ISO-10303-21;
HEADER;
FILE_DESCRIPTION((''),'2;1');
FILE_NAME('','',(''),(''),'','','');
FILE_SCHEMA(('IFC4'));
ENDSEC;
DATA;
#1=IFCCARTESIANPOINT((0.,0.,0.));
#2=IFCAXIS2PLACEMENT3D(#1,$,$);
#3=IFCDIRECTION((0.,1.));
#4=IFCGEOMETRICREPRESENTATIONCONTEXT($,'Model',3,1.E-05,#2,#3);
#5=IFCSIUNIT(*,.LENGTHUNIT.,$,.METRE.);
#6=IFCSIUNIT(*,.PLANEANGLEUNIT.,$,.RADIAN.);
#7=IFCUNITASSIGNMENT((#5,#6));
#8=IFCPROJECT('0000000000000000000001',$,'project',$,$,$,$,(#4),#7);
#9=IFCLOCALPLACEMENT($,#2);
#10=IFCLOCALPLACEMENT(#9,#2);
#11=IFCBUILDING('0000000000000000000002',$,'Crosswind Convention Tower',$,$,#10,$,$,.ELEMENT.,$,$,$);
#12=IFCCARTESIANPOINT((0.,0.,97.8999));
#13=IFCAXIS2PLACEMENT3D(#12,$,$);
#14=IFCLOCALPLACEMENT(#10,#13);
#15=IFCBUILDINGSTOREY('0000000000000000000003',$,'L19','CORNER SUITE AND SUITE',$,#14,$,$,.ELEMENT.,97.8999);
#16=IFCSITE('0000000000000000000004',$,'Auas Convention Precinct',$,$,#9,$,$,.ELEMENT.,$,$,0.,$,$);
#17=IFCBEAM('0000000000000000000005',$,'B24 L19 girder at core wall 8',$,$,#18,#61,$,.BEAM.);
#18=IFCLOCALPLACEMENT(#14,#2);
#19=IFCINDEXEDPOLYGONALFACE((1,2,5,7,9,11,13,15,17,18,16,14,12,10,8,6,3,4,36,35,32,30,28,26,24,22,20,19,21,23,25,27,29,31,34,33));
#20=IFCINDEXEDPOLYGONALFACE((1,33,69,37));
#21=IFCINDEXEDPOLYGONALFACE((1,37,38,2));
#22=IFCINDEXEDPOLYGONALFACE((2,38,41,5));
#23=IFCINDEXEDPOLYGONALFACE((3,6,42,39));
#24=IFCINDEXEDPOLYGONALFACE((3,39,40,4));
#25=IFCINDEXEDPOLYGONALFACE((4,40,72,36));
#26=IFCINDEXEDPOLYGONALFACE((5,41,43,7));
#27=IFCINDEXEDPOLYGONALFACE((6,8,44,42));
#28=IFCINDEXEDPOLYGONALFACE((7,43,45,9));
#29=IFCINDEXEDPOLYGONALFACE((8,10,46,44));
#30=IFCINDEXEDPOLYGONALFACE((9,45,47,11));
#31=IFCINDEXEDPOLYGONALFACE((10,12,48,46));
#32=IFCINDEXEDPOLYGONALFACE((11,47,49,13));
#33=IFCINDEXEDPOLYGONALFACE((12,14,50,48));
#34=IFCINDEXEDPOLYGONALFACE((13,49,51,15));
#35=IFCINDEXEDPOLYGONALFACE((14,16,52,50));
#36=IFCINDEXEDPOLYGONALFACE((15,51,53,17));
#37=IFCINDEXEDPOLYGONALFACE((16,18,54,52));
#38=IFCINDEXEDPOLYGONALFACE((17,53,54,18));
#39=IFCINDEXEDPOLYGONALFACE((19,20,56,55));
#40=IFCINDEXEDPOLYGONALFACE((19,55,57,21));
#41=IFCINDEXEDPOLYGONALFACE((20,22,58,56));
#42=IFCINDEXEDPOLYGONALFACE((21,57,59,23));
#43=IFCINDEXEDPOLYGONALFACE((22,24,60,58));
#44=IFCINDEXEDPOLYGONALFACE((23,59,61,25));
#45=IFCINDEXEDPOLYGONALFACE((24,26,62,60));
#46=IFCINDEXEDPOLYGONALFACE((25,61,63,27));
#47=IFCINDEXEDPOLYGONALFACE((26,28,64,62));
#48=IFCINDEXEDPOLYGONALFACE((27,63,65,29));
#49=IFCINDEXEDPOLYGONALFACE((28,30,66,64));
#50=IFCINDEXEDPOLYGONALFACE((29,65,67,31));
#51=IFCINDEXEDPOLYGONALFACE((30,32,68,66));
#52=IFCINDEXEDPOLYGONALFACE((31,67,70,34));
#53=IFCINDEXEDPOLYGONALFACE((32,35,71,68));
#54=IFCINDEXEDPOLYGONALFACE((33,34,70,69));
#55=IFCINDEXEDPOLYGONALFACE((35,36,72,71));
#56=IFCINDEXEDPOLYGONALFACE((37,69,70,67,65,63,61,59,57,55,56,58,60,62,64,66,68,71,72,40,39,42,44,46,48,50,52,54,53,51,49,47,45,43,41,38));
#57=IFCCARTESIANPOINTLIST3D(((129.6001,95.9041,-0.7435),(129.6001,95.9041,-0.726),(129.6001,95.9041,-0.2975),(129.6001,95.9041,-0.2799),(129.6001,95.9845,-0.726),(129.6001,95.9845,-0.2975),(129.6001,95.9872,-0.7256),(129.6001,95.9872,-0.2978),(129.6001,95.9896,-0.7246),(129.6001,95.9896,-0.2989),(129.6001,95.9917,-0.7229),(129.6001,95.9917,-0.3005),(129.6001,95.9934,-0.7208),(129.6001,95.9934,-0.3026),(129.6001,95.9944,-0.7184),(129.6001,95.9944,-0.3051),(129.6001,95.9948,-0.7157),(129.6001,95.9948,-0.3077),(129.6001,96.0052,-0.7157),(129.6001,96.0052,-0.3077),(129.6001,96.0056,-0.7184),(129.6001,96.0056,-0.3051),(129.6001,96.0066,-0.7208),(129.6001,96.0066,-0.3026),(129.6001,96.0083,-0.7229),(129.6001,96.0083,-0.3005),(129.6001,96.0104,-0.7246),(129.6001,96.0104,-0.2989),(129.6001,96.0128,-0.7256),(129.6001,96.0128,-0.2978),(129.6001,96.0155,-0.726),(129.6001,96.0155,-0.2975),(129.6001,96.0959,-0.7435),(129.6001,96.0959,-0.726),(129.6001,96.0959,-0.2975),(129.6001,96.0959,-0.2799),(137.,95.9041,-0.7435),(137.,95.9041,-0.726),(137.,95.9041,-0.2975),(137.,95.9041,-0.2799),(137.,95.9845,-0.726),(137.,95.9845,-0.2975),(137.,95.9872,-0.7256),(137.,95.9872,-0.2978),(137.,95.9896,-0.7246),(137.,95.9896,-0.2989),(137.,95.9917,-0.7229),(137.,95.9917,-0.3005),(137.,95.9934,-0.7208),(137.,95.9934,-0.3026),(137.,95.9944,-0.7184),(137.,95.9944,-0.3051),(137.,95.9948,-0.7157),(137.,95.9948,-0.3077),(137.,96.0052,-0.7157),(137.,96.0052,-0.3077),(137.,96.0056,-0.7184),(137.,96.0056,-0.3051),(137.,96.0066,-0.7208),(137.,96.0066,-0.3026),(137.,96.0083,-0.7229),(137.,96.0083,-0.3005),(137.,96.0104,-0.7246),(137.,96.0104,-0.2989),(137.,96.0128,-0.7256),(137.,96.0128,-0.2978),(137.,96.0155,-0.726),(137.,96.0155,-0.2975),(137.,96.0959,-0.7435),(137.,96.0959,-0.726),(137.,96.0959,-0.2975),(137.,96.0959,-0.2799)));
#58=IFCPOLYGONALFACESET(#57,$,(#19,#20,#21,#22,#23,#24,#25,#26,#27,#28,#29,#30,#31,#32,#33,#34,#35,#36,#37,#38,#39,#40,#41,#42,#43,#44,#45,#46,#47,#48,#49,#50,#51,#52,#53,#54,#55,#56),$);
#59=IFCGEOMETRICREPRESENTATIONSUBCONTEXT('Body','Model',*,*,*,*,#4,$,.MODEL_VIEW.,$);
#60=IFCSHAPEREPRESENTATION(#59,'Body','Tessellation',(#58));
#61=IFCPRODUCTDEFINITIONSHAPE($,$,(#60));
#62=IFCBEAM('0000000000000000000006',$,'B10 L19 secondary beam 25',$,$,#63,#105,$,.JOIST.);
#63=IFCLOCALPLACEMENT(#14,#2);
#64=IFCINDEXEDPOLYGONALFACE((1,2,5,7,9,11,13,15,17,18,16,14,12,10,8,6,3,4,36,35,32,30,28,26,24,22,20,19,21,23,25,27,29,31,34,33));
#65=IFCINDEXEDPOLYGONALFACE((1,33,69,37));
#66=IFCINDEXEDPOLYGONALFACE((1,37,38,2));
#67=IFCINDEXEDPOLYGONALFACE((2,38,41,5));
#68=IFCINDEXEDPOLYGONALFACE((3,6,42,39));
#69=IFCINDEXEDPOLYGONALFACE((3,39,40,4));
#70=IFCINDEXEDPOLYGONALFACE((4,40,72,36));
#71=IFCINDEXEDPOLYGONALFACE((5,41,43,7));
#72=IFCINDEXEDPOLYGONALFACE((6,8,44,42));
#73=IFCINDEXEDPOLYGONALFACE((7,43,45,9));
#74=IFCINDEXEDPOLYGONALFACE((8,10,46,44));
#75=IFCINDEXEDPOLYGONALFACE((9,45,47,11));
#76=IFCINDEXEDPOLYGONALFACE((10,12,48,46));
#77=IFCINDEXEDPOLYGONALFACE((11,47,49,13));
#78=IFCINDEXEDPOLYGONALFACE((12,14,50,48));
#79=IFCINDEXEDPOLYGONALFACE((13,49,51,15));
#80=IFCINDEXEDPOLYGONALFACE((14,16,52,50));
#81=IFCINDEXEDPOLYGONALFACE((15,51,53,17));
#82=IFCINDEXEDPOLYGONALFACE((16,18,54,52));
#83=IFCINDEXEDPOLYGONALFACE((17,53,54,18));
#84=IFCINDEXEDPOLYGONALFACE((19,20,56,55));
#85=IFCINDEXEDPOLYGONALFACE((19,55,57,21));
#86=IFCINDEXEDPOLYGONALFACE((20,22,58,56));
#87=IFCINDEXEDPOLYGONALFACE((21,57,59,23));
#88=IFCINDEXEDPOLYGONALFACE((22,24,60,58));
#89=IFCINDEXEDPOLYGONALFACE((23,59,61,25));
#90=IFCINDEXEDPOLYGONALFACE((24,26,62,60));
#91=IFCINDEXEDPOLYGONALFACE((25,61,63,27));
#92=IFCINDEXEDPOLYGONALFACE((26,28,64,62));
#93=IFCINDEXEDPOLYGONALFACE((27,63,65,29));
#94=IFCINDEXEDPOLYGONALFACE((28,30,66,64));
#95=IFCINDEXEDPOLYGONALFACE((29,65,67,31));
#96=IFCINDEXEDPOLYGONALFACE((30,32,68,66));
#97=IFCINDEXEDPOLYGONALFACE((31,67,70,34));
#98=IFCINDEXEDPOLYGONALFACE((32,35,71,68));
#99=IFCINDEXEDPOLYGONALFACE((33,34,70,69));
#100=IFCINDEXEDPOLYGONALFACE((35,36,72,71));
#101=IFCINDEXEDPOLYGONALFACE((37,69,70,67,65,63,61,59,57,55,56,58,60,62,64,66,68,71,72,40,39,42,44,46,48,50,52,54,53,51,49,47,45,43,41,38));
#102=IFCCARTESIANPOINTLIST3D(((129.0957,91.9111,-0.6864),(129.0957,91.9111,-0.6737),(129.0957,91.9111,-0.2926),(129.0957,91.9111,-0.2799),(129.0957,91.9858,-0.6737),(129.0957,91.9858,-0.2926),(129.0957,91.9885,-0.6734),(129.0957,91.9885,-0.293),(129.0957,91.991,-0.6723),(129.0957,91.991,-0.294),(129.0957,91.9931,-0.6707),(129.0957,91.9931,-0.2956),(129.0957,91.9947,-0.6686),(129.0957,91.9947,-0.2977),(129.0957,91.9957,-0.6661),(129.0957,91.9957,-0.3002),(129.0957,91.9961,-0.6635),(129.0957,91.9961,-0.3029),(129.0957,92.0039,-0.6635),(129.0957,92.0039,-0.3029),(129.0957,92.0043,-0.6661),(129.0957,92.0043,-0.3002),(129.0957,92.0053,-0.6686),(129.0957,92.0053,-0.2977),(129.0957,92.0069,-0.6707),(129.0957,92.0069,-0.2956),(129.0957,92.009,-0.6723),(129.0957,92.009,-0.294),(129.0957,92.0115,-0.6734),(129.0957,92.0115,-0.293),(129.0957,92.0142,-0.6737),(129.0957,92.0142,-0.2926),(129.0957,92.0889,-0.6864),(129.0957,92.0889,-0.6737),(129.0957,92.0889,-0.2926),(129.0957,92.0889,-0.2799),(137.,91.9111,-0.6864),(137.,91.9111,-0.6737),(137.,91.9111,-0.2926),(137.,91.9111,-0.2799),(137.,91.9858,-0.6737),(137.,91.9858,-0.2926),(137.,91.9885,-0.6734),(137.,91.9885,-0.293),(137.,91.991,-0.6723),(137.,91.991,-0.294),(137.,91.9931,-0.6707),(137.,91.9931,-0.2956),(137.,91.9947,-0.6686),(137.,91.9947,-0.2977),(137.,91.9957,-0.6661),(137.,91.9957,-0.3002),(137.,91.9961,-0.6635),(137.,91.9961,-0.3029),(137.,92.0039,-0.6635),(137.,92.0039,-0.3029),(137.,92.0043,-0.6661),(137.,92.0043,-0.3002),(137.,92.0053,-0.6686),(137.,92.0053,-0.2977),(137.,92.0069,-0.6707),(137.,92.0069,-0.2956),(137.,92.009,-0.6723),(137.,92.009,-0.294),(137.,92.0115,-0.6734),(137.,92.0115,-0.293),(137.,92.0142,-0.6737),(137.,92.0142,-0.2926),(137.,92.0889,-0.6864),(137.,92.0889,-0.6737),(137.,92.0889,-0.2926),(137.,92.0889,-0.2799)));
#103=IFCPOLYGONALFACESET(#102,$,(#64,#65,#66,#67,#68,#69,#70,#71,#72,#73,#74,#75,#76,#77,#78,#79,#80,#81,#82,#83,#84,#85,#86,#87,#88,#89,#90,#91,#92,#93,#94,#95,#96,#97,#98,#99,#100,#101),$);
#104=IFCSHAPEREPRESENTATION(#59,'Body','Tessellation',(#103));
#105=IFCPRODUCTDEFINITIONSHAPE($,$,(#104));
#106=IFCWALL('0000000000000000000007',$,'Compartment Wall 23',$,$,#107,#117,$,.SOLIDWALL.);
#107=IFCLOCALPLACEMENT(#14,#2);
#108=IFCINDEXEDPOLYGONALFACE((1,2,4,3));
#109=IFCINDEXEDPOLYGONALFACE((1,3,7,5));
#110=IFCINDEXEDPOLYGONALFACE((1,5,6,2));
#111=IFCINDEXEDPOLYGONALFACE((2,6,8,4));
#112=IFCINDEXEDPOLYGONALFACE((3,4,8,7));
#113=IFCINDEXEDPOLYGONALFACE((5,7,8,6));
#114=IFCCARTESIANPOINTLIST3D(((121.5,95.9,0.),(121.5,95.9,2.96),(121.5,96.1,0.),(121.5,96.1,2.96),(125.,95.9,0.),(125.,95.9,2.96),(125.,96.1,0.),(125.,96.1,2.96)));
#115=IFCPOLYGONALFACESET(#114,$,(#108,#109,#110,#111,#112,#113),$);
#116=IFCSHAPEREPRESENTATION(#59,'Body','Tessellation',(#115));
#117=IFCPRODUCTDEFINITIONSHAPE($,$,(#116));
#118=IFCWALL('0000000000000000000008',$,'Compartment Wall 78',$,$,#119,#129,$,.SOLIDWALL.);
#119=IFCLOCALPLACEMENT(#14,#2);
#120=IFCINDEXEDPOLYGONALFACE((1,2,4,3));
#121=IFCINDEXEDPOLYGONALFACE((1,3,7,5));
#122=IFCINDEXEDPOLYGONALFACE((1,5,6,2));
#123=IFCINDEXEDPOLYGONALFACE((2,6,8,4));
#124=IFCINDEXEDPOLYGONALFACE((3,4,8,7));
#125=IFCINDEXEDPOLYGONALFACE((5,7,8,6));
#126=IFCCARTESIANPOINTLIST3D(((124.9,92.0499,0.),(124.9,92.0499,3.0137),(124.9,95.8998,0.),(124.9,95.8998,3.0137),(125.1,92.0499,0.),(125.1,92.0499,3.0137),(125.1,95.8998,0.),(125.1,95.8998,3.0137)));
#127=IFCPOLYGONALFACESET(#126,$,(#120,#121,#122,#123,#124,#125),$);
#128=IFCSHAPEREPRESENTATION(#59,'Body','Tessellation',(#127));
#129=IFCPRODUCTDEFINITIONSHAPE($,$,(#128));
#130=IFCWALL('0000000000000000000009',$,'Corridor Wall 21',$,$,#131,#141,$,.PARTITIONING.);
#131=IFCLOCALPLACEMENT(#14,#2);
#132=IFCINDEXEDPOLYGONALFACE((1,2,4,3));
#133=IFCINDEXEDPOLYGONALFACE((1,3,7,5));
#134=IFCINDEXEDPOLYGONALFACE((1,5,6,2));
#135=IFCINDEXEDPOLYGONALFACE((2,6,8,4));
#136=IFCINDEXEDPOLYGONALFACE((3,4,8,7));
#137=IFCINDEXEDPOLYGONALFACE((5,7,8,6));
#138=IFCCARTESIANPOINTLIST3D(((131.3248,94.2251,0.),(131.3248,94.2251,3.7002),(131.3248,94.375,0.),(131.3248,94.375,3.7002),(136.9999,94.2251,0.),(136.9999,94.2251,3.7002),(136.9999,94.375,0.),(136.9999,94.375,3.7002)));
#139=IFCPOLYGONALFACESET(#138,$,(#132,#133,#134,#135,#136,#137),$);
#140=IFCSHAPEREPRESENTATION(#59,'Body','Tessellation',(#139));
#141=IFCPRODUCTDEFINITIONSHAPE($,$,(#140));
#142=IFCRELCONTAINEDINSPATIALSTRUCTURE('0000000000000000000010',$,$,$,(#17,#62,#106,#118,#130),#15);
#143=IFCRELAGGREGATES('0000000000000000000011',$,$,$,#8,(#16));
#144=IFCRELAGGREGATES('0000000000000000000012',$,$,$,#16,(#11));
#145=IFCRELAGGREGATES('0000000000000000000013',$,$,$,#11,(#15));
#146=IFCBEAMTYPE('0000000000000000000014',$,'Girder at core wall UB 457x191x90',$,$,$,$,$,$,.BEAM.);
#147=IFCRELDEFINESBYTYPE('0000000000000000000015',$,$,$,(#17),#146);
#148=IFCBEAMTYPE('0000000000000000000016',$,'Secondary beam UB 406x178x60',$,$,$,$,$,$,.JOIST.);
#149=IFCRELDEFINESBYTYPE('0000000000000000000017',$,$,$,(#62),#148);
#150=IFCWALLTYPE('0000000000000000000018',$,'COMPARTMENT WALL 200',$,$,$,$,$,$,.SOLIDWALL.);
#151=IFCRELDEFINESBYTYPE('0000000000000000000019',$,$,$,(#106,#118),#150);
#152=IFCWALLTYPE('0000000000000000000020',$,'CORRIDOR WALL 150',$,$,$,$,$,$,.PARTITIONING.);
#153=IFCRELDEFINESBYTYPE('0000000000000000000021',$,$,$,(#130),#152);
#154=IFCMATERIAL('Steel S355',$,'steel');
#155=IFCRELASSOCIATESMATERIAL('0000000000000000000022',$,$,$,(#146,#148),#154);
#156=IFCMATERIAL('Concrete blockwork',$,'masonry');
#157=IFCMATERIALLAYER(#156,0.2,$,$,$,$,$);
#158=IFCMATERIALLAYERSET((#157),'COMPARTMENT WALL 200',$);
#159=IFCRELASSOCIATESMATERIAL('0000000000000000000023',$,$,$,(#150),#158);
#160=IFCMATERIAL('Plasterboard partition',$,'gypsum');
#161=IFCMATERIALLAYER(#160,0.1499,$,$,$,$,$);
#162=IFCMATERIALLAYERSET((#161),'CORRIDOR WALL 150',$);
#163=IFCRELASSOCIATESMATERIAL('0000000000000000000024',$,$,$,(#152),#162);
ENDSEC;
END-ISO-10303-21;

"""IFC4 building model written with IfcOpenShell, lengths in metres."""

from ifc_helpers import new_model, si_unit, direction, frame, frame_2d, origin, origin_2d, place, context, subcontext, project, spatial, rectangle, i_section, extrude, material, layer, layer_set, material_profile, profile_set, type_object, element, save


model = new_model("IFC4")

# Units and contexts
model_context = context("Model", 3, precision=1e-05, world=origin(), true_north=direction((0.0, 1.0)))
body_context = subcontext(model_context, "Body", "Model", "MODEL_VIEW")
ifc_project = project(units=[si_unit("LENGTHUNIT", "METRE"), si_unit("PLANEANGLEUNIT", "RADIAN")], contexts=[model_context])

# Site, building, storey
site_placement = place(None, origin())
site = spatial("IfcSite", under=ifc_project, at=site_placement, Name="Auas Convention Precinct", CompositionType="ELEMENT", RefElevation=0.0)
building_placement = place(site_placement, origin())
building = spatial("IfcBuilding", under=site, at=building_placement, Name="Crosswind Convention Tower", CompositionType="ELEMENT")
storey_placement = place(building_placement, frame((0.0, 0.0, 97.8999)))
storey = spatial("IfcBuildingStorey", under=building, at=storey_placement, Name="L19", Description="CORNER SUITE AND SUITE", CompositionType="ELEMENT", Elevation=97.8999)

# Beams
ifc_material_1 = material(Name="Steel S355", Category="steel")
ifc_material_profile_1 = material_profile(ifc_material_1, i_section(OverallWidth=0.1919, OverallDepth=0.4636, WebThickness=0.0105, FlangeThickness=0.0176, FilletRadius=0.0103, at=origin_2d()), Name="UB 457x191x90")
ifc_profile_set_1 = profile_set([ifc_material_profile_1], Name="Steel S355")
beam_type_1 = type_object("IfcBeamType", Name="Girder at core wall UB 457x191x90", PredefinedType="BEAM", material=ifc_profile_set_1)
for number, where, z_axis, x_axis, name in (
    (1, (129.6001, 96.0, -0.5117), (1.0, 0.0, 0.0), (0.0, 1.0, 0.0), "B24 L19 girder at core wall 8"),
):
    element("IfcBeam", number, at=place(storey_placement, frame(where, z_axis=z_axis, x_axis=x_axis)), inside=storey, type_object=beam_type_1, Name=name, PredefinedType="BEAM", context=body_context, shape_type="SweptSolid", body=[
        extrude(i_section(OverallWidth=0.1919, OverallDepth=0.4636, WebThickness=0.0105, FlangeThickness=0.0176, FilletRadius=0.0103, at=origin_2d()), origin(), (0.0, 0.0, 1.0), 7.3999),
    ])
ifc_material_profile_2 = material_profile(ifc_material_1, i_section(OverallWidth=0.1777, OverallDepth=0.4065, WebThickness=0.0078, FlangeThickness=0.0127, FilletRadius=0.0103, at=origin_2d()), Name="UB 406x178x60")
ifc_profile_set_2 = profile_set([ifc_material_profile_2], Name="Steel S355")
beam_type_2 = type_object("IfcBeamType", Name="Secondary beam UB 406x178x60", PredefinedType="JOIST", material=ifc_profile_set_2)
beam_placement = place(storey_placement, frame((129.0957, 92.0, -0.4832), z_axis=(1.0, 0.0, 0.0), x_axis=(0.0, 1.0, 0.0)))
element("IfcBeam", 2, at=beam_placement, inside=storey, type_object=beam_type_2, Name="B10 L19 secondary beam 25", PredefinedType="JOIST", context=body_context, shape_type="SweptSolid", body=[
    extrude(i_section(OverallWidth=0.1777, OverallDepth=0.4065, WebThickness=0.0078, FlangeThickness=0.0127, FilletRadius=0.0103, at=origin_2d()), origin(), (0.0, 0.0, 1.0), 7.9043),
])

# Walls
ifc_material_2 = material(Name="Concrete blockwork", Category="masonry")
ifc_layer_1 = layer(ifc_material_2, 0.2)
ifc_layer_set_1 = layer_set([ifc_layer_1], Name="COMPARTMENT WALL 200")
wall_type_1 = type_object("IfcWallType", Name="COMPARTMENT WALL 200", PredefinedType="SOLIDWALL", material=ifc_layer_set_1)
wall_1_placement = place(storey_placement, frame((121.5, 96.0, 0.0), z_axis=(0.0, 0.0, 1.0), x_axis=(1.0, 0.0, 0.0)))
element("IfcWall", 3, at=wall_1_placement, inside=storey, type_object=wall_type_1, Name="Compartment Wall 23", PredefinedType="SOLIDWALL", context=body_context, shape_type="SweptSolid", body=[
    extrude(rectangle(XDim=3.5, YDim=0.2, at=frame_2d((1.75, 0.0))), origin(), (0.0, 0.0, 1.0), 2.96),
])
wall_2_placement = place(storey_placement, frame((125.0, 92.05, 0.0), z_axis=(0.0, 0.0, 1.0), x_axis=(0.0, 1.0, 0.0)))
element("IfcWall", 4, at=wall_2_placement, inside=storey, type_object=wall_type_1, Name="Compartment Wall 78", PredefinedType="SOLIDWALL", context=body_context, shape_type="SweptSolid", body=[
    extrude(rectangle(XDim=3.8499, YDim=0.2, at=frame_2d((1.9248, 0.0))), origin(), (0.0, 0.0, 1.0), 3.0137),
])
ifc_material_3 = material(Name="Plasterboard partition", Category="gypsum")
ifc_layer_2 = layer(ifc_material_3, 0.1499)
ifc_layer_set_2 = layer_set([ifc_layer_2], Name="CORRIDOR WALL 150")
wall_type_2 = type_object("IfcWallType", Name="CORRIDOR WALL 150", PredefinedType="PARTITIONING", material=ifc_layer_set_2)
wall_3_placement = place(storey_placement, frame((131.325, 94.3, 0.0), z_axis=(0.0, 0.0, 1.0), x_axis=(1.0, 0.0, 0.0)))
element("IfcWall", 5, at=wall_3_placement, inside=storey, type_object=wall_type_2, Name="Corridor Wall 21", PredefinedType="PARTITIONING", context=body_context, shape_type="SweptSolid", body=[
    extrude(rectangle(XDim=5.675, YDim=0.1499, at=frame_2d((2.8374, 0.0))), origin(), (0.0, 0.0, 1.0), 3.7002),
])

save(model, "model.ifc")
